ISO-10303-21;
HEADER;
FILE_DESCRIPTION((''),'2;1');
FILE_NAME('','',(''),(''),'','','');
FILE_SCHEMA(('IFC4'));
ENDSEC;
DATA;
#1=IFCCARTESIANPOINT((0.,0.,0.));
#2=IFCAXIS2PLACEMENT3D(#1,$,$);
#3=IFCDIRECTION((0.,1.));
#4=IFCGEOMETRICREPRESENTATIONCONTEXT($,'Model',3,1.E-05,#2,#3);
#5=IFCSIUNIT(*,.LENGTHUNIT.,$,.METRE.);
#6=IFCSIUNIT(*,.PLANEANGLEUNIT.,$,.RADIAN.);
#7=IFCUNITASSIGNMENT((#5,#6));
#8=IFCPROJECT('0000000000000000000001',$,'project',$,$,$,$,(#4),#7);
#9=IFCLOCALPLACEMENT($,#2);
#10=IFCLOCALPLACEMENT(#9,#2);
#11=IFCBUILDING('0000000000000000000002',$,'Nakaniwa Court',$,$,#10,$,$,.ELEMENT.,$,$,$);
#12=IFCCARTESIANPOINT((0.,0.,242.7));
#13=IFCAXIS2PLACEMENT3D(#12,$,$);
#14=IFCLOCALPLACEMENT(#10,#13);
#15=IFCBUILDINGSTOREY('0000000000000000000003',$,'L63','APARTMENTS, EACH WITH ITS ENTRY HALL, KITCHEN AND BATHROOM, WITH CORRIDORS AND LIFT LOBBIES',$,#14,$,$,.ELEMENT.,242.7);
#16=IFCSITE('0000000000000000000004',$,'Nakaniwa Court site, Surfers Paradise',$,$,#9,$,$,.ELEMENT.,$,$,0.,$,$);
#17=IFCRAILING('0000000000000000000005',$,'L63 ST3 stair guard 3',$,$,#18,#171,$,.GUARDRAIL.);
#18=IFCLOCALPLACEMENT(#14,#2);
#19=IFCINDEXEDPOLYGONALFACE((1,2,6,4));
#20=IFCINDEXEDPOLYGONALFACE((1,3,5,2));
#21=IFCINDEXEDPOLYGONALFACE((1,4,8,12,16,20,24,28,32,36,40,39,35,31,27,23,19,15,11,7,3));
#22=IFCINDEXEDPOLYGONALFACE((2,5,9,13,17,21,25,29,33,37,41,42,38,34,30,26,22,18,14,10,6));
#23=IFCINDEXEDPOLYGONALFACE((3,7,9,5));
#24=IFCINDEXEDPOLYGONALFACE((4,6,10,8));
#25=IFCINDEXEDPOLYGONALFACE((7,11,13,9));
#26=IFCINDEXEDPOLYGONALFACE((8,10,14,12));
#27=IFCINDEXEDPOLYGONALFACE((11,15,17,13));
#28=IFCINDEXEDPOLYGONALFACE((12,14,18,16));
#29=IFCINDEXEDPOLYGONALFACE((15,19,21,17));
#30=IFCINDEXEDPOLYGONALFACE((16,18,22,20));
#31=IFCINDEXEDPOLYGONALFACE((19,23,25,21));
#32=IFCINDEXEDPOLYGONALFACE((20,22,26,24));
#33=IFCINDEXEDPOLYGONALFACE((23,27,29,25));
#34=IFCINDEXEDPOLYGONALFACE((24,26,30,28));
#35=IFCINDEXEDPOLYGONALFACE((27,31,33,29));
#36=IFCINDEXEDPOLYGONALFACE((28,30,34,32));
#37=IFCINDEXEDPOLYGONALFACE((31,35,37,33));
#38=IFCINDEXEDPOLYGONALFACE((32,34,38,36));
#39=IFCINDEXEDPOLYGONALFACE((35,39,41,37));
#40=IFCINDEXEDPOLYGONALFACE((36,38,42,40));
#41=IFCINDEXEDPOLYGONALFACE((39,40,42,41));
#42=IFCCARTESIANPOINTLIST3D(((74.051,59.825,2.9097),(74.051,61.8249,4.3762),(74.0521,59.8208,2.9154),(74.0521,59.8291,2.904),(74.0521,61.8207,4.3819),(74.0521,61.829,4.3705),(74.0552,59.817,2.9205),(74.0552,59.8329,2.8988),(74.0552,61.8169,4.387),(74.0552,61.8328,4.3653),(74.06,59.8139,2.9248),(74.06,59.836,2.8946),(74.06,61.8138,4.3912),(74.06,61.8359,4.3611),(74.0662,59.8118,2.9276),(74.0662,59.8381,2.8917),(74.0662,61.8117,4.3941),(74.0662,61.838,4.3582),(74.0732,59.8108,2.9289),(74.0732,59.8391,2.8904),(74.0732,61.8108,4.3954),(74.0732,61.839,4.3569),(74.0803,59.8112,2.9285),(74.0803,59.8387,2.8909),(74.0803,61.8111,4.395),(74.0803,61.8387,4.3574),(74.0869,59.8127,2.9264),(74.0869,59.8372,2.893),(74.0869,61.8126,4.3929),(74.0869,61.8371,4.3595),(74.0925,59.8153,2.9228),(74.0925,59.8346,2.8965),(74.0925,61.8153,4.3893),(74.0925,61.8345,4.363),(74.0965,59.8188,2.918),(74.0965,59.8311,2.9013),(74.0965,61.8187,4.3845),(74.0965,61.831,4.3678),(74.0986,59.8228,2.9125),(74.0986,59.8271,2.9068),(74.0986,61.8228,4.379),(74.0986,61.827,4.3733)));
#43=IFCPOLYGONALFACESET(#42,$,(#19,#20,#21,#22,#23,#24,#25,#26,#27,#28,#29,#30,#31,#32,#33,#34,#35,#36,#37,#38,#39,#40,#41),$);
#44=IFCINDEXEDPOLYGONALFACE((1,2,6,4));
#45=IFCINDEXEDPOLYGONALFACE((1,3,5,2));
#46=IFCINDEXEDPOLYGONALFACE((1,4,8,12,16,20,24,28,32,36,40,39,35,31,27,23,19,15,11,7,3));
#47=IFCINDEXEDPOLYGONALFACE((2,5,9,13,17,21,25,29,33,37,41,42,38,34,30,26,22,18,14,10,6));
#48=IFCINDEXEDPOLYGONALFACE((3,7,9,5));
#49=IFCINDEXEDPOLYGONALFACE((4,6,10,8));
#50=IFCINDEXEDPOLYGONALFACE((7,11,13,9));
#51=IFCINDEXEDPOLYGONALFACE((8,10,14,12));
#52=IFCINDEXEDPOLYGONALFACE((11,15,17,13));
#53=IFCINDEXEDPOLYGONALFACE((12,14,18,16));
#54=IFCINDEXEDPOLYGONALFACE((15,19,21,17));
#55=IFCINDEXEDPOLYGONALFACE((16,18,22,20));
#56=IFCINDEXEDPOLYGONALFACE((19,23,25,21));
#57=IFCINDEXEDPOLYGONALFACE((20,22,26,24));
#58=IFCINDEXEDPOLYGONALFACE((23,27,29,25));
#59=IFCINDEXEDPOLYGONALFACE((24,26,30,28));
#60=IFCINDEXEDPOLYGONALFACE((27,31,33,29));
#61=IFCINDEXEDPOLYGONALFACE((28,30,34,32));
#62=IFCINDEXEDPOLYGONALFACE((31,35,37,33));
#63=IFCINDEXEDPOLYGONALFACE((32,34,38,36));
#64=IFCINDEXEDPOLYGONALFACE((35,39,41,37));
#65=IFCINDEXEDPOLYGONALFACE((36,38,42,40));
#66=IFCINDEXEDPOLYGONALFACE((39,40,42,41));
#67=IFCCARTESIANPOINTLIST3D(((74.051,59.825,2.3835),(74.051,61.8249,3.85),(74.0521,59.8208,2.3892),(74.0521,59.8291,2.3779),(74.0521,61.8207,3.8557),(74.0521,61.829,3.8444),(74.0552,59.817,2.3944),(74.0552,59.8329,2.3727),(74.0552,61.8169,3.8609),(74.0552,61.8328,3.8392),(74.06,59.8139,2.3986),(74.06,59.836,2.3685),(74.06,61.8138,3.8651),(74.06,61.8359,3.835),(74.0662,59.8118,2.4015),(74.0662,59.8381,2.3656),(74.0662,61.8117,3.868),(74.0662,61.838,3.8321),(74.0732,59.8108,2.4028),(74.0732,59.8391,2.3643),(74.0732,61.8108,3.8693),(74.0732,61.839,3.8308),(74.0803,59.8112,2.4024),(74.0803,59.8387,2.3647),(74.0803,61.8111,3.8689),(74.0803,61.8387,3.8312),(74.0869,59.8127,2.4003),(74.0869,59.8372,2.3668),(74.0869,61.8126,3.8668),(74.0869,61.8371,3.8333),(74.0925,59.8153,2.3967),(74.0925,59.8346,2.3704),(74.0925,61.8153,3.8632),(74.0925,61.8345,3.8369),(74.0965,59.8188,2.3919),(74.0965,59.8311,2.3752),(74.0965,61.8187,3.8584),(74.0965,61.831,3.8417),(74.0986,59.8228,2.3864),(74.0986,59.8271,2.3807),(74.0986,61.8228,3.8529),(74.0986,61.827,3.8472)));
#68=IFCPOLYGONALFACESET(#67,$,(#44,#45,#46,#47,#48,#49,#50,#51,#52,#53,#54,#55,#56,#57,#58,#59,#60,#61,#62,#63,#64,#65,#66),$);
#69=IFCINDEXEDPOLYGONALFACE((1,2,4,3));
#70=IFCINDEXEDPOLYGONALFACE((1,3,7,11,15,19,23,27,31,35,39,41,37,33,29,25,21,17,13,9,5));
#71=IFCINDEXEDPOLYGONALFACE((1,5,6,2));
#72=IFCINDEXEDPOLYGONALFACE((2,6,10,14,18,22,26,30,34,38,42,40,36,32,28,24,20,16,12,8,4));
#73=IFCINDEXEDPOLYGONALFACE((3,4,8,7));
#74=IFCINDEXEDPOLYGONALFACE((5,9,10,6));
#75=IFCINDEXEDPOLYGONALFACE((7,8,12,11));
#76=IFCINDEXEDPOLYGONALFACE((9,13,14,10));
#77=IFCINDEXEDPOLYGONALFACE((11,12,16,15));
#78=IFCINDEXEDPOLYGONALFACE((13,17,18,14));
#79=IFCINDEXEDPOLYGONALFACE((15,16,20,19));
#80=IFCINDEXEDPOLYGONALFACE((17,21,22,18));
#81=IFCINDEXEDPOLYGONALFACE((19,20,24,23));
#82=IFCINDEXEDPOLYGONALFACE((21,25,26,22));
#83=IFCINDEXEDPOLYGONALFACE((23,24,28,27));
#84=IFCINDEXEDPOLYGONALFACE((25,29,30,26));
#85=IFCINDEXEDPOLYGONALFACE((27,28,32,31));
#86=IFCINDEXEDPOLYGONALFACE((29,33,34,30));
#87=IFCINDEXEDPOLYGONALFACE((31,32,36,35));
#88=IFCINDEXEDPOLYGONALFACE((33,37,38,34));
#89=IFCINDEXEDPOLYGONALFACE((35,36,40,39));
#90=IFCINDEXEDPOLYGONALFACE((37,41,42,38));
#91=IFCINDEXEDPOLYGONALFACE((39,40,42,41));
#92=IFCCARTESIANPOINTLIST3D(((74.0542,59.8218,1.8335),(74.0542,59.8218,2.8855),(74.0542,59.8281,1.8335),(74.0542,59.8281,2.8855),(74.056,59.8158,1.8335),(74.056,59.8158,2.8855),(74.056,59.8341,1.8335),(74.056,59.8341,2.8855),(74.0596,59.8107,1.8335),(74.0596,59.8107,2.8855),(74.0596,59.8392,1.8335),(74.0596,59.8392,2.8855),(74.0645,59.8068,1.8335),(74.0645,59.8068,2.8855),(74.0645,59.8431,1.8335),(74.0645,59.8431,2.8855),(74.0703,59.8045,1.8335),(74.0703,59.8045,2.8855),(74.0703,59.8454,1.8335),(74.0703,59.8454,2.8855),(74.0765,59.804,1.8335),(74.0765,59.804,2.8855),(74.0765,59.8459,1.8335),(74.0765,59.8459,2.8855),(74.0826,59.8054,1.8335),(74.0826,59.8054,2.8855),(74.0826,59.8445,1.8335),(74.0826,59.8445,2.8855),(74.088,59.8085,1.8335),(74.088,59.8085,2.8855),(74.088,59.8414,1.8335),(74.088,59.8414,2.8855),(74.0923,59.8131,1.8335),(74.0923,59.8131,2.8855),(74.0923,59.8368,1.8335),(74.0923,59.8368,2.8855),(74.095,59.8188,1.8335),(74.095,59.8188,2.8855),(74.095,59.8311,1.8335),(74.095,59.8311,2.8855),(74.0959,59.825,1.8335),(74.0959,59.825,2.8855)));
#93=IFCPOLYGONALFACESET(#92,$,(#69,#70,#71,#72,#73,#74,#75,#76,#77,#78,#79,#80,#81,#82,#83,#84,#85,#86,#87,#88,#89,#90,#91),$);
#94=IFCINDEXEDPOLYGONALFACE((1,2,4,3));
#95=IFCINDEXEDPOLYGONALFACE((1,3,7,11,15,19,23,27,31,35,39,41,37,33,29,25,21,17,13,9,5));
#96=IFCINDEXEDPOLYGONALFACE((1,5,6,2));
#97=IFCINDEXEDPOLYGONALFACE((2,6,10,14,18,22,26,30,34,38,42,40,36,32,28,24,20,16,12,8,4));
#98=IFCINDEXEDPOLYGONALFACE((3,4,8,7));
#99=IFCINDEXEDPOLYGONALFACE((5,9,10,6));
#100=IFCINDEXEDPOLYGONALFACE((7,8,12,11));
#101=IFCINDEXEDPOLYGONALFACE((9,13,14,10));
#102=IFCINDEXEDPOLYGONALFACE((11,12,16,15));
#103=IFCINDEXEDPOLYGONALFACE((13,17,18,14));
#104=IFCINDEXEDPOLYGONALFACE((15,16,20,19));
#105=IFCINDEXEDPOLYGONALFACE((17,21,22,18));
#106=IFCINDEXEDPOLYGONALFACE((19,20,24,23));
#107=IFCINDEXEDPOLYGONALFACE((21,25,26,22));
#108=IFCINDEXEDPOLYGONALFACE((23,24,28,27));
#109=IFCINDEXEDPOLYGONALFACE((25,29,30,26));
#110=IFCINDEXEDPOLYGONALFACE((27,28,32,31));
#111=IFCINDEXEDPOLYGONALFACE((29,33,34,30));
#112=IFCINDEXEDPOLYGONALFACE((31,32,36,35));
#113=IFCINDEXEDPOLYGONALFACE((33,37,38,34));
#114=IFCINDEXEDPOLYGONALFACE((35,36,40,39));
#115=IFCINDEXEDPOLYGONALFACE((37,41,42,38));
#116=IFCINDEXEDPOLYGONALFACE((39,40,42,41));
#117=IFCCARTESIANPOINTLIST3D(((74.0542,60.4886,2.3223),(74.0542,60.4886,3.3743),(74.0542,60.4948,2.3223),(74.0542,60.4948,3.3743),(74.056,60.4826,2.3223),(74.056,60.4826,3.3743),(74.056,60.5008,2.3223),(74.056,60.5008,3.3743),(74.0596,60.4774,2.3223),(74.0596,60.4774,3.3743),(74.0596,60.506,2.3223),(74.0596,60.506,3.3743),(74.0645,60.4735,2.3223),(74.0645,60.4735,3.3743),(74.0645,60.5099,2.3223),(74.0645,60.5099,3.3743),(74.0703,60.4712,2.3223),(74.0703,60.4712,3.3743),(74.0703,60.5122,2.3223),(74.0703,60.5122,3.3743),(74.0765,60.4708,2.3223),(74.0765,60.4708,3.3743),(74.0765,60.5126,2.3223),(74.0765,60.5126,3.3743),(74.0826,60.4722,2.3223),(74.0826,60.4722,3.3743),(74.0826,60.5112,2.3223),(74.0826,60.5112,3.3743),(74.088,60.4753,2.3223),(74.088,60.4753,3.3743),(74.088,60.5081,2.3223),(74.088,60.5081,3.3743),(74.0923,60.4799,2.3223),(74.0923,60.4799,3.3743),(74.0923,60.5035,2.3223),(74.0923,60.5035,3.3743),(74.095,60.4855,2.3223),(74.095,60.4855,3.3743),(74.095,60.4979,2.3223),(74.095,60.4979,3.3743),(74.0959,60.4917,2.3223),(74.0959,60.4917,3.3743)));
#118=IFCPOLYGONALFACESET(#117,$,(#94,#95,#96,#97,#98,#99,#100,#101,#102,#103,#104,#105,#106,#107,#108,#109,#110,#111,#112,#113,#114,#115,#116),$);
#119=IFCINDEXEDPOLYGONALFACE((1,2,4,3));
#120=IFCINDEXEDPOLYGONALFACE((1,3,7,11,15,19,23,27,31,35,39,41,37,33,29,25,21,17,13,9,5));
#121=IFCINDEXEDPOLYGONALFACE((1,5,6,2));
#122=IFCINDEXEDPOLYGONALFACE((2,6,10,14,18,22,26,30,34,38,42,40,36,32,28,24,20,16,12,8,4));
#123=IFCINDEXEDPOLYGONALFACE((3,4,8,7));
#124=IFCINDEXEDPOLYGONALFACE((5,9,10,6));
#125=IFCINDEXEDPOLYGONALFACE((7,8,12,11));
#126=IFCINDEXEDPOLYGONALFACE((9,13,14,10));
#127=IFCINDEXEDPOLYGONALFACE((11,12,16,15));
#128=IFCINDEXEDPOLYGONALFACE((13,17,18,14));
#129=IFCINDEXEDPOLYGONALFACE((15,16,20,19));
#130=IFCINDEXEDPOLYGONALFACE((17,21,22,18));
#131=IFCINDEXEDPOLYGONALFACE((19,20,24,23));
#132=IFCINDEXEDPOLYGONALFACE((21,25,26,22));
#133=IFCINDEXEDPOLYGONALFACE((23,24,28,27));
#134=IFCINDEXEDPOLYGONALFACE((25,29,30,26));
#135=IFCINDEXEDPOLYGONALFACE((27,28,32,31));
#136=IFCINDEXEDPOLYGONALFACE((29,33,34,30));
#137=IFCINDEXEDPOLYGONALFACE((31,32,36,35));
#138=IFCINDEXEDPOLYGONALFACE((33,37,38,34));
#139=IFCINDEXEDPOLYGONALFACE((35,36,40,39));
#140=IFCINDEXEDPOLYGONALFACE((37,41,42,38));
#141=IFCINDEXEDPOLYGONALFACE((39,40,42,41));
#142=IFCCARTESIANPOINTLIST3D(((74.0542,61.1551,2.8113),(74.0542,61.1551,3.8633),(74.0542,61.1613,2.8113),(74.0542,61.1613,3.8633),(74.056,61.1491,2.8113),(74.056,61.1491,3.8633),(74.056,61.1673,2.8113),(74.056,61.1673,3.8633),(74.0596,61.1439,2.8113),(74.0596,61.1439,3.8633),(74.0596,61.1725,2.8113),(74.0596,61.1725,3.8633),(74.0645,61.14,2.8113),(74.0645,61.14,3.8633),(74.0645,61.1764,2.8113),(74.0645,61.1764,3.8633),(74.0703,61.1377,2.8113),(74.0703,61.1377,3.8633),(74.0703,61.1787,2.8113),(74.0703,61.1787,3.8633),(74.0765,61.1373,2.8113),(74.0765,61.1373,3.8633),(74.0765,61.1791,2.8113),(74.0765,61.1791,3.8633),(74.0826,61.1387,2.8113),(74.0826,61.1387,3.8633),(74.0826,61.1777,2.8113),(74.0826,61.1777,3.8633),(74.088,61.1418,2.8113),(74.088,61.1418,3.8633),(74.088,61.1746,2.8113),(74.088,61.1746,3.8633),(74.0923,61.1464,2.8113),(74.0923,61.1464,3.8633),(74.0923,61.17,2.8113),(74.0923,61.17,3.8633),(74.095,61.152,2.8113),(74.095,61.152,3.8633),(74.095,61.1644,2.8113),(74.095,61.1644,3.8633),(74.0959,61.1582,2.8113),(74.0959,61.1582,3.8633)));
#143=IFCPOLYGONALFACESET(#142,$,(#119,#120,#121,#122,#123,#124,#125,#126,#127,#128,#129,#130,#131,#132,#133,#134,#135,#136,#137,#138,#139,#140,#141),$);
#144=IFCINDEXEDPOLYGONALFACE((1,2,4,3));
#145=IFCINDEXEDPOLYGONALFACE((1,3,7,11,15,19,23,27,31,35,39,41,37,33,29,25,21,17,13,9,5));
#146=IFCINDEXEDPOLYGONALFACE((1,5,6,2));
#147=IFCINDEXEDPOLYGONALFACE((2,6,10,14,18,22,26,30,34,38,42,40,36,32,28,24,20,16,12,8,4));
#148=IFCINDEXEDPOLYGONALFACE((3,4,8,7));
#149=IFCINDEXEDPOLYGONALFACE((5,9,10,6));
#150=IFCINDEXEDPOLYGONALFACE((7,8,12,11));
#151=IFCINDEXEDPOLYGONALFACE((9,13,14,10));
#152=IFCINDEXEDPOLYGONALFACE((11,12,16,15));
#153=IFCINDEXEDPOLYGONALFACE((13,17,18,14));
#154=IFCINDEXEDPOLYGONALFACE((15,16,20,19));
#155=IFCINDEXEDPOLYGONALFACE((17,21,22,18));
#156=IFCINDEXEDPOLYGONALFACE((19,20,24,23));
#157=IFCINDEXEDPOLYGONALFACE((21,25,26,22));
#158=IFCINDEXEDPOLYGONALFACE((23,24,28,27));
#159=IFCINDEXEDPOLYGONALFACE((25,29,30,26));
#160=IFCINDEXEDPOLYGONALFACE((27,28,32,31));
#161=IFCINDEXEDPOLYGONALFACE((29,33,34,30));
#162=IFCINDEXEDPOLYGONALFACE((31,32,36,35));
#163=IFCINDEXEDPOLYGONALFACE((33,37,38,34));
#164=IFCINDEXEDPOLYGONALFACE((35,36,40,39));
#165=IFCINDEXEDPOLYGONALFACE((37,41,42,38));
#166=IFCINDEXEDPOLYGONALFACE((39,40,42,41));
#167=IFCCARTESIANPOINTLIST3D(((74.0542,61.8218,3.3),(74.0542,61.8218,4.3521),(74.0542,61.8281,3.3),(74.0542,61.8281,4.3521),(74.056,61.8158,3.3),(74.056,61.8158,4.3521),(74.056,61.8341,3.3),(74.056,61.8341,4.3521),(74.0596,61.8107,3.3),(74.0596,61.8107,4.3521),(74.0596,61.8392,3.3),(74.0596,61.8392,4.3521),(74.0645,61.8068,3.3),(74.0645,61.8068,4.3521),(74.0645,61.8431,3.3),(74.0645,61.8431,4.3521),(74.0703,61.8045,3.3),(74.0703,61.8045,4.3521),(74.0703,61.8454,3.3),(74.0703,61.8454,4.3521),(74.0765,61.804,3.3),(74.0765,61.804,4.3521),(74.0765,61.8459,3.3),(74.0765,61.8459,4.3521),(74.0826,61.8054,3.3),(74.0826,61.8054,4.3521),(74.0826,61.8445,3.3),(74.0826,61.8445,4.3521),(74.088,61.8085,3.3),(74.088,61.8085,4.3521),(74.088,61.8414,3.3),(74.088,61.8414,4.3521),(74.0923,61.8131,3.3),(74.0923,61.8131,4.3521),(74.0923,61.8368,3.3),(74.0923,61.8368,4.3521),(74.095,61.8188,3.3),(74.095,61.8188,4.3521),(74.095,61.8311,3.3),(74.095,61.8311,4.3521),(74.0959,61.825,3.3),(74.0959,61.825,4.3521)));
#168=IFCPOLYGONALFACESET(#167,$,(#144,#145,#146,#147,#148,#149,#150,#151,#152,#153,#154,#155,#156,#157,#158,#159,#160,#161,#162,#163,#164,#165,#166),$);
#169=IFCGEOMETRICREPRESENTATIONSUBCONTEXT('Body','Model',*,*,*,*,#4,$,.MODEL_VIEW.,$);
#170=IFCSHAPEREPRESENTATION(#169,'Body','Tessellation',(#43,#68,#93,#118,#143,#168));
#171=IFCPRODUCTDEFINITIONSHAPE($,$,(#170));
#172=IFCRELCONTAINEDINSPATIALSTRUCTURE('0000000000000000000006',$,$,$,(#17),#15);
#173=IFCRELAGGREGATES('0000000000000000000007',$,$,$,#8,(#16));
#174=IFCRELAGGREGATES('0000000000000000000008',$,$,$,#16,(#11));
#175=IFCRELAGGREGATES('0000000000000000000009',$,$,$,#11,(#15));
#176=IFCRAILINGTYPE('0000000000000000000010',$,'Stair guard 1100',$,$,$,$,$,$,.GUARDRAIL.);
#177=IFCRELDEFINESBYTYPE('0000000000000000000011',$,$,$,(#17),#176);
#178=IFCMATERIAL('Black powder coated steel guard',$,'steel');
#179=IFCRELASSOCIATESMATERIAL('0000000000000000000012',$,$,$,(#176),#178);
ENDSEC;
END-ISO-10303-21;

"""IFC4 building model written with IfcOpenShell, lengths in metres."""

from ifc_helpers import new_model, si_unit, direction, frame, origin, origin_2d, place, context, subcontext, project, spatial, circle, extrude, material, type_object, element, save


model = new_model("IFC4")

# Units and contexts
model_context = context("Model", 3, precision=1e-05, world=origin(), true_north=direction((0.0, 1.0)))
body_context = subcontext(model_context, "Body", "Model", "MODEL_VIEW")
ifc_project = project(units=[si_unit("LENGTHUNIT", "METRE"), si_unit("PLANEANGLEUNIT", "RADIAN")], contexts=[model_context])

# Site, building, storey
site_placement = place(None, origin())
site = spatial("IfcSite", under=ifc_project, at=site_placement, Name="Nakaniwa Court site, Surfers Paradise", CompositionType="ELEMENT", RefElevation=0.0)
building_placement = place(site_placement, origin())
building = spatial("IfcBuilding", under=site, at=building_placement, Name="Nakaniwa Court", CompositionType="ELEMENT")
storey_placement = place(building_placement, frame((0.0, 0.0, 242.7)))
storey = spatial("IfcBuildingStorey", under=building, at=storey_placement, Name="L63", Description="APARTMENTS, EACH WITH ITS ENTRY HALL, KITCHEN AND BATHROOM, WITH CORRIDORS AND LIFT LOBBIES", CompositionType="ELEMENT", Elevation=242.7)

# Railing
ifc_material_1 = material(Name="Black powder coated steel guard", Category="steel")
railing_type_1 = type_object("IfcRailingType", Name="Stair guard 1100", PredefinedType="GUARDRAIL", material=ifc_material_1)
railing_1_placement = place(storey_placement, frame((74.075, 59.825, 1.8335)))
element("IfcRailing", 1, at=railing_1_placement, inside=storey, type_object=railing_type_1, Name="L63 ST3 stair guard 3", PredefinedType="GUARDRAIL", context=body_context, shape_type="SweptSolid", body=[
    extrude(circle(Radius=0.0239, at=origin_2d()), frame((0.0, 0.0, 1.0762), z_axis=(0.0, 0.806427, 0.591334), x_axis=(-1.0, 0.0, 0.0)), (0.0, 0.0, 1.0), 2.48),
    extrude(circle(Radius=0.0239, at=origin_2d()), frame((0.0, 0.0, 0.55), z_axis=(0.0, 0.806427, 0.591334), x_axis=(-1.0, 0.0, 0.0)), (0.0, 0.0, 1.0), 2.48),
    extrude(circle(Radius=0.021, at=origin_2d()), origin(), (0.0, 0.0, 1.0), 1.052),
    extrude(circle(Radius=0.021, at=origin_2d()), frame((0.0, 0.6667, 0.4888)), (0.0, 0.0, 1.0), 1.052),
    extrude(circle(Radius=0.021, at=origin_2d()), frame((0.0, 1.3333, 0.9778)), (0.0, 0.0, 1.0), 1.052),
    extrude(circle(Radius=0.021, at=origin_2d()), frame((0.0, 2.0, 1.4666)), (0.0, 0.0, 1.0), 1.052),
])

save(model, "model.ifc")
